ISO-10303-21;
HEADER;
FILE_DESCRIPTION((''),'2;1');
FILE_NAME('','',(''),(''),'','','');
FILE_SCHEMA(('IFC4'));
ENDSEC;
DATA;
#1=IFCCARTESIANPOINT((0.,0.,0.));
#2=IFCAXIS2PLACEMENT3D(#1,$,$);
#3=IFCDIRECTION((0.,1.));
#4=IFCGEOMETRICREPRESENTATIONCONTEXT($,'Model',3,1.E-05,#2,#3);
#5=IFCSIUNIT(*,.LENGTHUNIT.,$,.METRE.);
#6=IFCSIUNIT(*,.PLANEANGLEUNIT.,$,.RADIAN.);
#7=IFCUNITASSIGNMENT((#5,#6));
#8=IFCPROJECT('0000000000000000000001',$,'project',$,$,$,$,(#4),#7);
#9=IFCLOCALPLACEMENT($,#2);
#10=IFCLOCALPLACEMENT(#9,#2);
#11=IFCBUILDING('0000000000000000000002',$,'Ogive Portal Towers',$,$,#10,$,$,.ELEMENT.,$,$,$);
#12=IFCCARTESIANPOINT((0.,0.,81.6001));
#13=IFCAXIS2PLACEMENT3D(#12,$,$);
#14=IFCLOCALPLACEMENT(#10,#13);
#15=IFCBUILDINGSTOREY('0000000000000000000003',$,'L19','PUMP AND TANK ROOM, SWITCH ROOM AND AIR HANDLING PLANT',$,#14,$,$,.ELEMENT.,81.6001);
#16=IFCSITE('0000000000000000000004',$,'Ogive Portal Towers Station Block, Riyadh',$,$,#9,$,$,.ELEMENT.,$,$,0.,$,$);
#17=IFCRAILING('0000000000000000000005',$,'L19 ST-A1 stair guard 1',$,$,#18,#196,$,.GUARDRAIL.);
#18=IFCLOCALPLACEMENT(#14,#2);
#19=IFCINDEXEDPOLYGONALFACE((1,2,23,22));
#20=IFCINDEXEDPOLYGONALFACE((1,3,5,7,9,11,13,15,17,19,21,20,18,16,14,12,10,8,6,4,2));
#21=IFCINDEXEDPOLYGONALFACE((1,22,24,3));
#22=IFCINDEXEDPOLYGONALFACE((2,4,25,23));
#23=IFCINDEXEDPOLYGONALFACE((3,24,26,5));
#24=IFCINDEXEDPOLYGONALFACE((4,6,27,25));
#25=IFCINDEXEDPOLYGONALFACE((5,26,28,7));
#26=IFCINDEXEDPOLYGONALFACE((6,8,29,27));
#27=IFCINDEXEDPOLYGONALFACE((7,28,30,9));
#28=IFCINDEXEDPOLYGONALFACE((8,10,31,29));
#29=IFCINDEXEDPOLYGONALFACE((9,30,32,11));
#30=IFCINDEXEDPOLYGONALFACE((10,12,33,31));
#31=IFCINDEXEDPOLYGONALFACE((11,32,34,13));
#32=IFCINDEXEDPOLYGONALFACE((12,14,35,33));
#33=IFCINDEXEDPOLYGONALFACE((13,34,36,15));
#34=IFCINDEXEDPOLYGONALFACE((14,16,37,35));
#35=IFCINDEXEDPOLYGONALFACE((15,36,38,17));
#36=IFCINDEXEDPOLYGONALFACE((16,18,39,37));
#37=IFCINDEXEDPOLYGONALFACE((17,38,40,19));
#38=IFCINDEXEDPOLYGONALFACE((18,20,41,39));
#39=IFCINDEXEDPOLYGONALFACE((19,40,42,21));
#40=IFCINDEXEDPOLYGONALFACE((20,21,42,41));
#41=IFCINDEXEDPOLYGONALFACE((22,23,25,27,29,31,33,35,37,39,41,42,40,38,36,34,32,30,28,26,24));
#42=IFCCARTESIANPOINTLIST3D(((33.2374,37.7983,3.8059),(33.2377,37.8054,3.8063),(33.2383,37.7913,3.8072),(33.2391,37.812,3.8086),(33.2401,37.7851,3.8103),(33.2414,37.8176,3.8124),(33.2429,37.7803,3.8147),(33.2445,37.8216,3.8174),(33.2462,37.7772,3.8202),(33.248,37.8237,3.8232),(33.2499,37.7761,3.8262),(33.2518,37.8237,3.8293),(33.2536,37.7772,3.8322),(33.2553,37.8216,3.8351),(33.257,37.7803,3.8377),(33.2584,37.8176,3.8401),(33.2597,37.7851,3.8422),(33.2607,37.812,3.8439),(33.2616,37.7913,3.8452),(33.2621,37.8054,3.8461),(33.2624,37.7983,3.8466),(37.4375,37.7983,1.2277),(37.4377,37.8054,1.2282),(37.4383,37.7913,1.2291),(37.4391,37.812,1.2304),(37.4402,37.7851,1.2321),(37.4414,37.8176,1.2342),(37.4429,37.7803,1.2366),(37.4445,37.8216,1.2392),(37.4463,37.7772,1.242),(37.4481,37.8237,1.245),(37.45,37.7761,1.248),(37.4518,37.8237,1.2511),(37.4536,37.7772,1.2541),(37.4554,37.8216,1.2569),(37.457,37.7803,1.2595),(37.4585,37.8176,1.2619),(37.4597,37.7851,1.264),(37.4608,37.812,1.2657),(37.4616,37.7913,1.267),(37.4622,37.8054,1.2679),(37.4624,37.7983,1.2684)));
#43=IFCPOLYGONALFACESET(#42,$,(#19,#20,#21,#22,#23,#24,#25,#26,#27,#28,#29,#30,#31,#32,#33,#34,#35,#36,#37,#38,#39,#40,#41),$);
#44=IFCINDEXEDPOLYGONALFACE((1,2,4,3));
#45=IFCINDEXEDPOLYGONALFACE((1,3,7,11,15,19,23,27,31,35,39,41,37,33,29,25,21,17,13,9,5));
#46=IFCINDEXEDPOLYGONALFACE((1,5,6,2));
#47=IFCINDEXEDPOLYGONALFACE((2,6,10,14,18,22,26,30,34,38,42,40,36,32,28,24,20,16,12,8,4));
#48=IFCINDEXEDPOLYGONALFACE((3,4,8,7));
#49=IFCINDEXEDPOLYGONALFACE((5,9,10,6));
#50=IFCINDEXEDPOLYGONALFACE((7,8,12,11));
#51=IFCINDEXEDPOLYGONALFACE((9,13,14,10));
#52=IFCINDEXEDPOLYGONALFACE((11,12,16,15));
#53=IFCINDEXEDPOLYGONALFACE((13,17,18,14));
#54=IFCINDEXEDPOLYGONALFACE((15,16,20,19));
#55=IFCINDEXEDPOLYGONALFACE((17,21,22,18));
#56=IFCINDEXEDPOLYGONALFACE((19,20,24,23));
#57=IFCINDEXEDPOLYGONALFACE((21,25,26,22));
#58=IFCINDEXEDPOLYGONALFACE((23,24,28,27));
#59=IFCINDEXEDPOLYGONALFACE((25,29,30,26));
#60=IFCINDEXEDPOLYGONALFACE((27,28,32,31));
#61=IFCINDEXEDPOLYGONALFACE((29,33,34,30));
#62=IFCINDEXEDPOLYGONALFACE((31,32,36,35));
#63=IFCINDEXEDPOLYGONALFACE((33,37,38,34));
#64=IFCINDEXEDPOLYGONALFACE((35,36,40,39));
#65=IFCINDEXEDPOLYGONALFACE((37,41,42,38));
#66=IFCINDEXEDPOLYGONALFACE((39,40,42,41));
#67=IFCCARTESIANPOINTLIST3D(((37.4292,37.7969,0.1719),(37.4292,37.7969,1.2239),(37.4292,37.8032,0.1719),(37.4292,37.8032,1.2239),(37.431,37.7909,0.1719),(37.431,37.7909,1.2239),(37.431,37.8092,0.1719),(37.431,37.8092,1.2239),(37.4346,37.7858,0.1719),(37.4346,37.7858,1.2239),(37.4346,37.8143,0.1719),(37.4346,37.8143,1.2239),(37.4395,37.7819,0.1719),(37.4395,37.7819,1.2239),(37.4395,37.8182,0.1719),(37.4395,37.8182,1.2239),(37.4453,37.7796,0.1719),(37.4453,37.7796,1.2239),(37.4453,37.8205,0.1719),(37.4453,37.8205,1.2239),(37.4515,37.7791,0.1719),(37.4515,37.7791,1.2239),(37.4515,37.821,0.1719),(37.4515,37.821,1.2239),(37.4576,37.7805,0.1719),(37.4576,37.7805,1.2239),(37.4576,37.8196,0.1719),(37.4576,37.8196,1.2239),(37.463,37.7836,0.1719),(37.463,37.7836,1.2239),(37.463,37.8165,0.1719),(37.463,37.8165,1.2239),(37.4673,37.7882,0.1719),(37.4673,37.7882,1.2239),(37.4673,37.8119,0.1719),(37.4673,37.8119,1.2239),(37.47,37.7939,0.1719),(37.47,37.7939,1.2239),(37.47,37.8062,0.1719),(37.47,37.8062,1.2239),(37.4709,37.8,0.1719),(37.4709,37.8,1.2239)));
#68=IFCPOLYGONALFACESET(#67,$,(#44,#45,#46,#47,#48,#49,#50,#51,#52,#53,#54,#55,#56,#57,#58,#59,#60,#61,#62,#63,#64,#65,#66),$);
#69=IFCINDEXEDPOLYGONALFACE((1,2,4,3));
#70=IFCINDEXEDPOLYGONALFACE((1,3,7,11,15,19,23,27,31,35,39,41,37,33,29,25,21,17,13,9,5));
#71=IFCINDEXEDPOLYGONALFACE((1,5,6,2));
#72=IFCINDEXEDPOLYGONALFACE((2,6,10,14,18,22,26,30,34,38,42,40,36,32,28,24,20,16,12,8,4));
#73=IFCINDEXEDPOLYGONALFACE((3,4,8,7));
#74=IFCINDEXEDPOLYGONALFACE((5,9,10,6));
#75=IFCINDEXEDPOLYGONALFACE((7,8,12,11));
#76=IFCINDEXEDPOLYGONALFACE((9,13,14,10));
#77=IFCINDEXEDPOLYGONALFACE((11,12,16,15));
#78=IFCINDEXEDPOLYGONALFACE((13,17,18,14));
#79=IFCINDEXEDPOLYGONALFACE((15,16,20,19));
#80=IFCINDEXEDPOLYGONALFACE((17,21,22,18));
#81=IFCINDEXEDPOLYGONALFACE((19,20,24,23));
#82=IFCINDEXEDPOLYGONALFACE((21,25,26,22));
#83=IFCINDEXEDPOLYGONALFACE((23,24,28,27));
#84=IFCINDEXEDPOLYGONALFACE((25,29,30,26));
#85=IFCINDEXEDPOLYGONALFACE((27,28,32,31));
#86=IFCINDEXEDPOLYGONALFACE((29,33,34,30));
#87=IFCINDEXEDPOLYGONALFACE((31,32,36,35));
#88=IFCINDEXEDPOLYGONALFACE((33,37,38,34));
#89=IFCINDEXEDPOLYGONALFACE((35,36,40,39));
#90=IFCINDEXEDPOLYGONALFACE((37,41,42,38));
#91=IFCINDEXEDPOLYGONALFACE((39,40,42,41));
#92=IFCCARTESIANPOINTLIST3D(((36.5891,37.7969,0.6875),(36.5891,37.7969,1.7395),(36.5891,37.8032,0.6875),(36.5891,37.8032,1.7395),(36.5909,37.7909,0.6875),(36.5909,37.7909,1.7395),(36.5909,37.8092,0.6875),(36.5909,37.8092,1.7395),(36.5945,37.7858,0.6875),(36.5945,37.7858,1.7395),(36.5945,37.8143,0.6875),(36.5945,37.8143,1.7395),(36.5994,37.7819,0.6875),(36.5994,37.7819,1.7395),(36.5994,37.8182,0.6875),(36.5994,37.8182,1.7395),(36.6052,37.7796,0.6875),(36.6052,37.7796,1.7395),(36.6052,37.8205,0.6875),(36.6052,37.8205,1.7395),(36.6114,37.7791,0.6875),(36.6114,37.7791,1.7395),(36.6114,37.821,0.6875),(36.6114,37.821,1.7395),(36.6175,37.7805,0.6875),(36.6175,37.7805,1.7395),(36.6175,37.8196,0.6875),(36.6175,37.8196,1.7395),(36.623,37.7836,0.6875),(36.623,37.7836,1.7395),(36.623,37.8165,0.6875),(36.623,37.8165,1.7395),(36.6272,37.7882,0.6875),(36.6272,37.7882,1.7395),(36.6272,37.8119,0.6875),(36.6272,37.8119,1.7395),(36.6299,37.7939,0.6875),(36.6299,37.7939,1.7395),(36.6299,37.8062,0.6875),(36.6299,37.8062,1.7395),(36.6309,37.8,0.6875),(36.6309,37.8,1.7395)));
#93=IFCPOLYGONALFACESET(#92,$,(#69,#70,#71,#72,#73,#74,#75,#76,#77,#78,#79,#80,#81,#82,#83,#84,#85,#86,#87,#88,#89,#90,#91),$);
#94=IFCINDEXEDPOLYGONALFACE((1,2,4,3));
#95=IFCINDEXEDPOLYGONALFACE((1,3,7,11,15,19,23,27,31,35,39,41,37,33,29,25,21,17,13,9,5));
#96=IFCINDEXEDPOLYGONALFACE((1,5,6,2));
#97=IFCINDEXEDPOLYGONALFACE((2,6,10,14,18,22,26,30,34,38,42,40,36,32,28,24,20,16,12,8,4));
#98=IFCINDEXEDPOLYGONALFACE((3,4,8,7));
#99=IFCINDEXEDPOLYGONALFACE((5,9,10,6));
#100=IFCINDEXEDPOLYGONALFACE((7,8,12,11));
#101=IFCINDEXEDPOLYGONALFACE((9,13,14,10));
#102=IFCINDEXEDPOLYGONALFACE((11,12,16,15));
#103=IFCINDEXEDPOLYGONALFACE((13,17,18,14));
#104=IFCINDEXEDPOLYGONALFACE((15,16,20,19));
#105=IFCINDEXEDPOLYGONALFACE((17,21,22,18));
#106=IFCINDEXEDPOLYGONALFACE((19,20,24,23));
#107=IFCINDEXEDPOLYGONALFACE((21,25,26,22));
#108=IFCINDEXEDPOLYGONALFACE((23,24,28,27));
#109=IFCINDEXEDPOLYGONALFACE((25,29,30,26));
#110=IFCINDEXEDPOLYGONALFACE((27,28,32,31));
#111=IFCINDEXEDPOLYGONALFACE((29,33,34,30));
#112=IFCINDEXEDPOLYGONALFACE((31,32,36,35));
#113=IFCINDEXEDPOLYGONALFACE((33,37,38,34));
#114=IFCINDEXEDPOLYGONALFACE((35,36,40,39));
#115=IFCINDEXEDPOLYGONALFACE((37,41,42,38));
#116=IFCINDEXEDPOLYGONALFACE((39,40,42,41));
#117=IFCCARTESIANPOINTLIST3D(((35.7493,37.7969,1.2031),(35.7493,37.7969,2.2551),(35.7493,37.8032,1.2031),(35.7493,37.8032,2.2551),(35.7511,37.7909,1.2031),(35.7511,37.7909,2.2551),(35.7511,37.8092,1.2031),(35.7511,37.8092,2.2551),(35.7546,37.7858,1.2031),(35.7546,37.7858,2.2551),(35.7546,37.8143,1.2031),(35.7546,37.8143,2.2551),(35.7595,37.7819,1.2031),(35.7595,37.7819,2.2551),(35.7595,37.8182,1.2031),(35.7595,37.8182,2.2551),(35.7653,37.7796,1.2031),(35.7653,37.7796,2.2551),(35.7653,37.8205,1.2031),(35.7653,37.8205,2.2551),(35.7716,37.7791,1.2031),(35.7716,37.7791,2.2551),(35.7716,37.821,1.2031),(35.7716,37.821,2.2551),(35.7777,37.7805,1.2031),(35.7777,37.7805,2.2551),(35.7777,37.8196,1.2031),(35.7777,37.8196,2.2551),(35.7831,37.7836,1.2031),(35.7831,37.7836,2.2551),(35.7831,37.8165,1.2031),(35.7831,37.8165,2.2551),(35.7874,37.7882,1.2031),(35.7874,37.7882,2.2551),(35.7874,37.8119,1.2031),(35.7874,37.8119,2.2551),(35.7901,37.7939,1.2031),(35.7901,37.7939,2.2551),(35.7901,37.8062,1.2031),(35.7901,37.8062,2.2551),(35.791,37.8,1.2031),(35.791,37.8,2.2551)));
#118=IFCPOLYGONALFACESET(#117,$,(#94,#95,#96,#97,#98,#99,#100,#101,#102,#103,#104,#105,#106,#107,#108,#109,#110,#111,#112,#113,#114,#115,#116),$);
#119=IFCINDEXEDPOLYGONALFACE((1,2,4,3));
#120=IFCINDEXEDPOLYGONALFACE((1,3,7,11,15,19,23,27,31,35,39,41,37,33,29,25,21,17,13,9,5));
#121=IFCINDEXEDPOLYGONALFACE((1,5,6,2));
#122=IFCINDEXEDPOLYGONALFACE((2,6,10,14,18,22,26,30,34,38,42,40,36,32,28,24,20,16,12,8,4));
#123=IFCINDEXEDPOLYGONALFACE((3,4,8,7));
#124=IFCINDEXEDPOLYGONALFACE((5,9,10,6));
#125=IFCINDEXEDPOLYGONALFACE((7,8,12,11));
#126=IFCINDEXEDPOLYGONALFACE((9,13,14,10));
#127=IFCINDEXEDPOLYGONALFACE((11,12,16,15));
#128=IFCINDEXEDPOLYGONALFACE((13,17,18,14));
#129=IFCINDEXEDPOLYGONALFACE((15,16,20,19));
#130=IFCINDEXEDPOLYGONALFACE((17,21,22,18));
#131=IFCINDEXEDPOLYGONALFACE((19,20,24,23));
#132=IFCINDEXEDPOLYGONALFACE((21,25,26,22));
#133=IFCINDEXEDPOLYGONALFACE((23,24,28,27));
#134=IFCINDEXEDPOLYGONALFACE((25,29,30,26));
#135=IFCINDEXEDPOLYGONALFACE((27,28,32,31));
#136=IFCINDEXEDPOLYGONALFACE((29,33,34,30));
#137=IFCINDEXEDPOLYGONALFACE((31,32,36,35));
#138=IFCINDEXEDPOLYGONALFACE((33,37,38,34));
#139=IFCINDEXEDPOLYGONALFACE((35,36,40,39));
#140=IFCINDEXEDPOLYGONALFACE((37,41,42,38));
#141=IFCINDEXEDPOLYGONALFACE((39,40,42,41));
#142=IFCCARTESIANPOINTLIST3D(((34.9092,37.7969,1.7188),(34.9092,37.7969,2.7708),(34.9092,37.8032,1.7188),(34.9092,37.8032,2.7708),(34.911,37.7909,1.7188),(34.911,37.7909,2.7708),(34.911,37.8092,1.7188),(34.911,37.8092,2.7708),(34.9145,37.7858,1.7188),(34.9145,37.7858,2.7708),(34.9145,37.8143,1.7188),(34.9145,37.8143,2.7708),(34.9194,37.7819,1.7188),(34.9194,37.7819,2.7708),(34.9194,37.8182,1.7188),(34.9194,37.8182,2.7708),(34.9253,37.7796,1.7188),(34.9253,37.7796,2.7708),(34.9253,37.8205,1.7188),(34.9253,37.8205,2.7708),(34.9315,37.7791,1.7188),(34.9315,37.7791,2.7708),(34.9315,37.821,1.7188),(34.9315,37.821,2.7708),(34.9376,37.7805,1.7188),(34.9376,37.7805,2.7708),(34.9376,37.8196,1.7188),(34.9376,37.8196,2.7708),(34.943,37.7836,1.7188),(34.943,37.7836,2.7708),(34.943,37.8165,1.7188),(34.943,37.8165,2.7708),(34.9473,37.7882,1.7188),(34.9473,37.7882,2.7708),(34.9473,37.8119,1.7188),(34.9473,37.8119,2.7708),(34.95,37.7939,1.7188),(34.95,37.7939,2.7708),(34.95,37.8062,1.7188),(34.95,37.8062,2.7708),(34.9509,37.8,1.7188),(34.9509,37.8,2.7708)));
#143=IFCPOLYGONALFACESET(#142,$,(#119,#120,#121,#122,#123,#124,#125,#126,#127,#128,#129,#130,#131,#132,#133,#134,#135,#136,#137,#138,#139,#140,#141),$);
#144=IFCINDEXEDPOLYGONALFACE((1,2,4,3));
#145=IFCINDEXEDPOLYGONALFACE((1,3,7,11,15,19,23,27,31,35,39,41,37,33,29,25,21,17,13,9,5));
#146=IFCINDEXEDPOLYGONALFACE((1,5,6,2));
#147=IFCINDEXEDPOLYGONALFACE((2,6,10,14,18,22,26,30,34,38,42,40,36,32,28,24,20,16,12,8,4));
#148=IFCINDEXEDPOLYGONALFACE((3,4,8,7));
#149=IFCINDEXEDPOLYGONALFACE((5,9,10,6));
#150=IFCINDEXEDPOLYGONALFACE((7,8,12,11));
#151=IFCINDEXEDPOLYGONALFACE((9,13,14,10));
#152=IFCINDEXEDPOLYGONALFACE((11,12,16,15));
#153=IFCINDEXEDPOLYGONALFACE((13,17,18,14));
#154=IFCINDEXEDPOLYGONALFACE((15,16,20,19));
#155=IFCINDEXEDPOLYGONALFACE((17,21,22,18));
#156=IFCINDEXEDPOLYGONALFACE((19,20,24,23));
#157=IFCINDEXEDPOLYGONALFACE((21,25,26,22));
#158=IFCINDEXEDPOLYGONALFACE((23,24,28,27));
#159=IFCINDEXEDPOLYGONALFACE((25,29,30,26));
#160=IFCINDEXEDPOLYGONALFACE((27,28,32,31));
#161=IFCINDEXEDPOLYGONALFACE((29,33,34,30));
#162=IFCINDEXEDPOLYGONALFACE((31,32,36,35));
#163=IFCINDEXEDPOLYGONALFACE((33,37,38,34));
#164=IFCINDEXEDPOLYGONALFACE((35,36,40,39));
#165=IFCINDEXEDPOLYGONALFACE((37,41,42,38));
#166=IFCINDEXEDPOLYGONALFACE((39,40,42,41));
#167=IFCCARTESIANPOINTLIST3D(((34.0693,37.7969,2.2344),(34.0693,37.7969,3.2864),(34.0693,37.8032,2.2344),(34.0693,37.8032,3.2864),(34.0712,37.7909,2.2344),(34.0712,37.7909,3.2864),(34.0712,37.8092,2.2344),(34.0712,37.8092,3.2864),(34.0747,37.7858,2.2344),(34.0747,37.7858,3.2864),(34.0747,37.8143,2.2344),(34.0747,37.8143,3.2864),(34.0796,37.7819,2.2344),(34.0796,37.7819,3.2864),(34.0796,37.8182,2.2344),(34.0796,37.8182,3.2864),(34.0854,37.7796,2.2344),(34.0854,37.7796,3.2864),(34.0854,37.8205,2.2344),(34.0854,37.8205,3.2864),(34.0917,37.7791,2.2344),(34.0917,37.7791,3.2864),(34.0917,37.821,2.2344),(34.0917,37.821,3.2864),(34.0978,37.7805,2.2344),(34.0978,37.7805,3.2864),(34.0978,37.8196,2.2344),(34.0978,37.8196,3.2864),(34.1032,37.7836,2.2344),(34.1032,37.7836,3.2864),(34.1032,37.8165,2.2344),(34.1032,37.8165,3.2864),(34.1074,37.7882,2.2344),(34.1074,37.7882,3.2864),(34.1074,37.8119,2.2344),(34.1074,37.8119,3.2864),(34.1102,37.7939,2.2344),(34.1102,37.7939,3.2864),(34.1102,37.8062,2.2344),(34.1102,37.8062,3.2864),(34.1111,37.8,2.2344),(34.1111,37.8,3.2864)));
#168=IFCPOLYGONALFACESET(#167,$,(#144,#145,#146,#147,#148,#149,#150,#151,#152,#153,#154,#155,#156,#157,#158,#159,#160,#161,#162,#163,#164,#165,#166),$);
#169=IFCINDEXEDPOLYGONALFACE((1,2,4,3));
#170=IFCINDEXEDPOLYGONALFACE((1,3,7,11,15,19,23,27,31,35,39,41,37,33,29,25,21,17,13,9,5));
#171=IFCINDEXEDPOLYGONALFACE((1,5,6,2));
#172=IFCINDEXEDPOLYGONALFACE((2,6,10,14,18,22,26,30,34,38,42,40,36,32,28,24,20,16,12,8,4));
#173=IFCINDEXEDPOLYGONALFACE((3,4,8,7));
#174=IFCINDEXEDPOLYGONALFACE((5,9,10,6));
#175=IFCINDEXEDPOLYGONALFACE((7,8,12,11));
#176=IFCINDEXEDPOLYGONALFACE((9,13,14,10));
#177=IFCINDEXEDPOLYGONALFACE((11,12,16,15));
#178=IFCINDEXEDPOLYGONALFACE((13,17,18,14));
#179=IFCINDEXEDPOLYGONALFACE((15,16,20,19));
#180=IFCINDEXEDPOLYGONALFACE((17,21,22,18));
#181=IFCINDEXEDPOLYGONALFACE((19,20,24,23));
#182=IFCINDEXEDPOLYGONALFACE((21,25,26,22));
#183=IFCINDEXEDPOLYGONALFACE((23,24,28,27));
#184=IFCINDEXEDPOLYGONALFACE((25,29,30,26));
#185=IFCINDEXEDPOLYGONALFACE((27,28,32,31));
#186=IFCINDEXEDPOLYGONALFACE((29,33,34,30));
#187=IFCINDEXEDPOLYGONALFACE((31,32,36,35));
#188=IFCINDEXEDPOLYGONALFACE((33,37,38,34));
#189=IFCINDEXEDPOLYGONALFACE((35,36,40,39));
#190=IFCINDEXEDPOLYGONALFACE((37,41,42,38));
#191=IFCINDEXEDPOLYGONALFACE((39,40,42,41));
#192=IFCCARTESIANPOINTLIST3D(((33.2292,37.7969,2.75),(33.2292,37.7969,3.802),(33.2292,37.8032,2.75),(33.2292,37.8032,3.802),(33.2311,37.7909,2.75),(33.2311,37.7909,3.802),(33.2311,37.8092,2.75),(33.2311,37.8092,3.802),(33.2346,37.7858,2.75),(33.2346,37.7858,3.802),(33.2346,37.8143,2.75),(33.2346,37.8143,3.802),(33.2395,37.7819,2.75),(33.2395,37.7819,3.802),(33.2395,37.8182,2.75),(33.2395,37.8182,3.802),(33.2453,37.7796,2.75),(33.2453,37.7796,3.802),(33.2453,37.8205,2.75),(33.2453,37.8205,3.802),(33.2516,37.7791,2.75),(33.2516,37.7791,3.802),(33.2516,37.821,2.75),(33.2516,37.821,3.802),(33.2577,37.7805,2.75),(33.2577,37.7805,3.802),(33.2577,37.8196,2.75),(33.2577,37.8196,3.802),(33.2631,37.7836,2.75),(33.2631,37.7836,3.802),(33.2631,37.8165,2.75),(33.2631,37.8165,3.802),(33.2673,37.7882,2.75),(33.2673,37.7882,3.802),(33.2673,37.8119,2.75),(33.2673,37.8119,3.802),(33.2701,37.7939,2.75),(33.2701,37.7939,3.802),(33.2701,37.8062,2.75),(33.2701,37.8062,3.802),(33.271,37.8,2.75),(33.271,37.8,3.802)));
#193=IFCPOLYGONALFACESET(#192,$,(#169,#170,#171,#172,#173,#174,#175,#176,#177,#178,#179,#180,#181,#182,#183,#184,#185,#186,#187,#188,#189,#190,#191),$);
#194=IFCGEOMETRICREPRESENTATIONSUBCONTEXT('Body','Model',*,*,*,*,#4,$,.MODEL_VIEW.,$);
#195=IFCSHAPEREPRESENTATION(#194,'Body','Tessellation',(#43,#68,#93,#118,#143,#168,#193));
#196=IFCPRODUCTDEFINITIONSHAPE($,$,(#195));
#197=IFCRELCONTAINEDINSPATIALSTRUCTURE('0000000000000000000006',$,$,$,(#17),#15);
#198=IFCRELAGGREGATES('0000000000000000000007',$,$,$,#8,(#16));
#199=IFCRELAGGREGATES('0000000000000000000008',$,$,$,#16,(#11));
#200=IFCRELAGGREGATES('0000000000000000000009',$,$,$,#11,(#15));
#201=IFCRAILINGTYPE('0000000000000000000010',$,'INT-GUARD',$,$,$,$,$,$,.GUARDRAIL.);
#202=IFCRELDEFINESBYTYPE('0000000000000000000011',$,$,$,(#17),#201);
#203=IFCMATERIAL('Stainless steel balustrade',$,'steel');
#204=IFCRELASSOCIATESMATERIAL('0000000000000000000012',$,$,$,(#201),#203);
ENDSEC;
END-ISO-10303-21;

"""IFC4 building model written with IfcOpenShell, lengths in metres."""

from ifc_helpers import new_model, si_unit, direction, frame, origin, origin_2d, place, context, subcontext, project, spatial, circle, extrude, material, type_object, element, save


model = new_model("IFC4")

# Units and contexts
model_context = context("Model", 3, precision=1e-05, world=origin(), true_north=direction((0.0, 1.0)))
body_context = subcontext(model_context, "Body", "Model", "MODEL_VIEW")
ifc_project = project(units=[si_unit("LENGTHUNIT", "METRE"), si_unit("PLANEANGLEUNIT", "RADIAN")], contexts=[model_context])

# Site, building, storey
site_placement = place(None, origin())
site = spatial("IfcSite", under=ifc_project, at=site_placement, Name="Ogive Portal Towers Station Block, Riyadh", CompositionType="ELEMENT", RefElevation=0.0)
building_placement = place(site_placement, origin())
building = spatial("IfcBuilding", under=site, at=building_placement, Name="Ogive Portal Towers", CompositionType="ELEMENT")
storey_placement = place(building_placement, frame((0.0, 0.0, 81.6001)))
storey = spatial("IfcBuildingStorey", under=building, at=storey_placement, Name="L19", Description="PUMP AND TANK ROOM, SWITCH ROOM AND AIR HANDLING PLANT", CompositionType="ELEMENT", Elevation=81.6001)

# Railing
ifc_material_1 = material(Name="Stainless steel balustrade", Category="steel")
railing_type_1 = type_object("IfcRailingType", Name="INT-GUARD", PredefinedType="GUARDRAIL", material=ifc_material_1)
railing_1_placement = place(storey_placement, frame((37.45, 37.8, 0.1719)))
element("IfcRailing", 1, at=railing_1_placement, inside=storey, type_object=railing_type_1, Name="L19 ST-A1 stair guard 1", PredefinedType="GUARDRAIL", context=body_context, shape_type="SweptSolid", body=[
    extrude(circle(Radius=0.0239, at=origin_2d()), frame((0.0, 0.0, 1.0762), z_axis=(-0.852243, 0.0, 0.523146), x_axis=(0.0, -1.0, 0.0)), (0.0, 0.0, 1.0), 4.9282),
    extrude(circle(Radius=0.021, at=origin_2d()), origin(), (0.0, 0.0, 1.0), 1.052),
    extrude(circle(Radius=0.021, at=origin_2d()), frame((-0.8401, 0.0, 0.5156)), (0.0, 0.0, 1.0), 1.052),
    extrude(circle(Radius=0.021, at=origin_2d()), frame((-1.6799, 0.0, 1.0312)), (0.0, 0.0, 1.0), 1.052),
    extrude(circle(Radius=0.021, at=origin_2d()), frame((-2.52, 0.0, 1.5469)), (0.0, 0.0, 1.0), 1.052),
    extrude(circle(Radius=0.021, at=origin_2d()), frame((-3.3599, 0.0, 2.0625)), (0.0, 0.0, 1.0), 1.052),
    extrude(circle(Radius=0.021, at=origin_2d()), frame((-4.2, 0.0, 2.5781)), (0.0, 0.0, 1.0), 1.052),
])

save(model, "model.ifc")
